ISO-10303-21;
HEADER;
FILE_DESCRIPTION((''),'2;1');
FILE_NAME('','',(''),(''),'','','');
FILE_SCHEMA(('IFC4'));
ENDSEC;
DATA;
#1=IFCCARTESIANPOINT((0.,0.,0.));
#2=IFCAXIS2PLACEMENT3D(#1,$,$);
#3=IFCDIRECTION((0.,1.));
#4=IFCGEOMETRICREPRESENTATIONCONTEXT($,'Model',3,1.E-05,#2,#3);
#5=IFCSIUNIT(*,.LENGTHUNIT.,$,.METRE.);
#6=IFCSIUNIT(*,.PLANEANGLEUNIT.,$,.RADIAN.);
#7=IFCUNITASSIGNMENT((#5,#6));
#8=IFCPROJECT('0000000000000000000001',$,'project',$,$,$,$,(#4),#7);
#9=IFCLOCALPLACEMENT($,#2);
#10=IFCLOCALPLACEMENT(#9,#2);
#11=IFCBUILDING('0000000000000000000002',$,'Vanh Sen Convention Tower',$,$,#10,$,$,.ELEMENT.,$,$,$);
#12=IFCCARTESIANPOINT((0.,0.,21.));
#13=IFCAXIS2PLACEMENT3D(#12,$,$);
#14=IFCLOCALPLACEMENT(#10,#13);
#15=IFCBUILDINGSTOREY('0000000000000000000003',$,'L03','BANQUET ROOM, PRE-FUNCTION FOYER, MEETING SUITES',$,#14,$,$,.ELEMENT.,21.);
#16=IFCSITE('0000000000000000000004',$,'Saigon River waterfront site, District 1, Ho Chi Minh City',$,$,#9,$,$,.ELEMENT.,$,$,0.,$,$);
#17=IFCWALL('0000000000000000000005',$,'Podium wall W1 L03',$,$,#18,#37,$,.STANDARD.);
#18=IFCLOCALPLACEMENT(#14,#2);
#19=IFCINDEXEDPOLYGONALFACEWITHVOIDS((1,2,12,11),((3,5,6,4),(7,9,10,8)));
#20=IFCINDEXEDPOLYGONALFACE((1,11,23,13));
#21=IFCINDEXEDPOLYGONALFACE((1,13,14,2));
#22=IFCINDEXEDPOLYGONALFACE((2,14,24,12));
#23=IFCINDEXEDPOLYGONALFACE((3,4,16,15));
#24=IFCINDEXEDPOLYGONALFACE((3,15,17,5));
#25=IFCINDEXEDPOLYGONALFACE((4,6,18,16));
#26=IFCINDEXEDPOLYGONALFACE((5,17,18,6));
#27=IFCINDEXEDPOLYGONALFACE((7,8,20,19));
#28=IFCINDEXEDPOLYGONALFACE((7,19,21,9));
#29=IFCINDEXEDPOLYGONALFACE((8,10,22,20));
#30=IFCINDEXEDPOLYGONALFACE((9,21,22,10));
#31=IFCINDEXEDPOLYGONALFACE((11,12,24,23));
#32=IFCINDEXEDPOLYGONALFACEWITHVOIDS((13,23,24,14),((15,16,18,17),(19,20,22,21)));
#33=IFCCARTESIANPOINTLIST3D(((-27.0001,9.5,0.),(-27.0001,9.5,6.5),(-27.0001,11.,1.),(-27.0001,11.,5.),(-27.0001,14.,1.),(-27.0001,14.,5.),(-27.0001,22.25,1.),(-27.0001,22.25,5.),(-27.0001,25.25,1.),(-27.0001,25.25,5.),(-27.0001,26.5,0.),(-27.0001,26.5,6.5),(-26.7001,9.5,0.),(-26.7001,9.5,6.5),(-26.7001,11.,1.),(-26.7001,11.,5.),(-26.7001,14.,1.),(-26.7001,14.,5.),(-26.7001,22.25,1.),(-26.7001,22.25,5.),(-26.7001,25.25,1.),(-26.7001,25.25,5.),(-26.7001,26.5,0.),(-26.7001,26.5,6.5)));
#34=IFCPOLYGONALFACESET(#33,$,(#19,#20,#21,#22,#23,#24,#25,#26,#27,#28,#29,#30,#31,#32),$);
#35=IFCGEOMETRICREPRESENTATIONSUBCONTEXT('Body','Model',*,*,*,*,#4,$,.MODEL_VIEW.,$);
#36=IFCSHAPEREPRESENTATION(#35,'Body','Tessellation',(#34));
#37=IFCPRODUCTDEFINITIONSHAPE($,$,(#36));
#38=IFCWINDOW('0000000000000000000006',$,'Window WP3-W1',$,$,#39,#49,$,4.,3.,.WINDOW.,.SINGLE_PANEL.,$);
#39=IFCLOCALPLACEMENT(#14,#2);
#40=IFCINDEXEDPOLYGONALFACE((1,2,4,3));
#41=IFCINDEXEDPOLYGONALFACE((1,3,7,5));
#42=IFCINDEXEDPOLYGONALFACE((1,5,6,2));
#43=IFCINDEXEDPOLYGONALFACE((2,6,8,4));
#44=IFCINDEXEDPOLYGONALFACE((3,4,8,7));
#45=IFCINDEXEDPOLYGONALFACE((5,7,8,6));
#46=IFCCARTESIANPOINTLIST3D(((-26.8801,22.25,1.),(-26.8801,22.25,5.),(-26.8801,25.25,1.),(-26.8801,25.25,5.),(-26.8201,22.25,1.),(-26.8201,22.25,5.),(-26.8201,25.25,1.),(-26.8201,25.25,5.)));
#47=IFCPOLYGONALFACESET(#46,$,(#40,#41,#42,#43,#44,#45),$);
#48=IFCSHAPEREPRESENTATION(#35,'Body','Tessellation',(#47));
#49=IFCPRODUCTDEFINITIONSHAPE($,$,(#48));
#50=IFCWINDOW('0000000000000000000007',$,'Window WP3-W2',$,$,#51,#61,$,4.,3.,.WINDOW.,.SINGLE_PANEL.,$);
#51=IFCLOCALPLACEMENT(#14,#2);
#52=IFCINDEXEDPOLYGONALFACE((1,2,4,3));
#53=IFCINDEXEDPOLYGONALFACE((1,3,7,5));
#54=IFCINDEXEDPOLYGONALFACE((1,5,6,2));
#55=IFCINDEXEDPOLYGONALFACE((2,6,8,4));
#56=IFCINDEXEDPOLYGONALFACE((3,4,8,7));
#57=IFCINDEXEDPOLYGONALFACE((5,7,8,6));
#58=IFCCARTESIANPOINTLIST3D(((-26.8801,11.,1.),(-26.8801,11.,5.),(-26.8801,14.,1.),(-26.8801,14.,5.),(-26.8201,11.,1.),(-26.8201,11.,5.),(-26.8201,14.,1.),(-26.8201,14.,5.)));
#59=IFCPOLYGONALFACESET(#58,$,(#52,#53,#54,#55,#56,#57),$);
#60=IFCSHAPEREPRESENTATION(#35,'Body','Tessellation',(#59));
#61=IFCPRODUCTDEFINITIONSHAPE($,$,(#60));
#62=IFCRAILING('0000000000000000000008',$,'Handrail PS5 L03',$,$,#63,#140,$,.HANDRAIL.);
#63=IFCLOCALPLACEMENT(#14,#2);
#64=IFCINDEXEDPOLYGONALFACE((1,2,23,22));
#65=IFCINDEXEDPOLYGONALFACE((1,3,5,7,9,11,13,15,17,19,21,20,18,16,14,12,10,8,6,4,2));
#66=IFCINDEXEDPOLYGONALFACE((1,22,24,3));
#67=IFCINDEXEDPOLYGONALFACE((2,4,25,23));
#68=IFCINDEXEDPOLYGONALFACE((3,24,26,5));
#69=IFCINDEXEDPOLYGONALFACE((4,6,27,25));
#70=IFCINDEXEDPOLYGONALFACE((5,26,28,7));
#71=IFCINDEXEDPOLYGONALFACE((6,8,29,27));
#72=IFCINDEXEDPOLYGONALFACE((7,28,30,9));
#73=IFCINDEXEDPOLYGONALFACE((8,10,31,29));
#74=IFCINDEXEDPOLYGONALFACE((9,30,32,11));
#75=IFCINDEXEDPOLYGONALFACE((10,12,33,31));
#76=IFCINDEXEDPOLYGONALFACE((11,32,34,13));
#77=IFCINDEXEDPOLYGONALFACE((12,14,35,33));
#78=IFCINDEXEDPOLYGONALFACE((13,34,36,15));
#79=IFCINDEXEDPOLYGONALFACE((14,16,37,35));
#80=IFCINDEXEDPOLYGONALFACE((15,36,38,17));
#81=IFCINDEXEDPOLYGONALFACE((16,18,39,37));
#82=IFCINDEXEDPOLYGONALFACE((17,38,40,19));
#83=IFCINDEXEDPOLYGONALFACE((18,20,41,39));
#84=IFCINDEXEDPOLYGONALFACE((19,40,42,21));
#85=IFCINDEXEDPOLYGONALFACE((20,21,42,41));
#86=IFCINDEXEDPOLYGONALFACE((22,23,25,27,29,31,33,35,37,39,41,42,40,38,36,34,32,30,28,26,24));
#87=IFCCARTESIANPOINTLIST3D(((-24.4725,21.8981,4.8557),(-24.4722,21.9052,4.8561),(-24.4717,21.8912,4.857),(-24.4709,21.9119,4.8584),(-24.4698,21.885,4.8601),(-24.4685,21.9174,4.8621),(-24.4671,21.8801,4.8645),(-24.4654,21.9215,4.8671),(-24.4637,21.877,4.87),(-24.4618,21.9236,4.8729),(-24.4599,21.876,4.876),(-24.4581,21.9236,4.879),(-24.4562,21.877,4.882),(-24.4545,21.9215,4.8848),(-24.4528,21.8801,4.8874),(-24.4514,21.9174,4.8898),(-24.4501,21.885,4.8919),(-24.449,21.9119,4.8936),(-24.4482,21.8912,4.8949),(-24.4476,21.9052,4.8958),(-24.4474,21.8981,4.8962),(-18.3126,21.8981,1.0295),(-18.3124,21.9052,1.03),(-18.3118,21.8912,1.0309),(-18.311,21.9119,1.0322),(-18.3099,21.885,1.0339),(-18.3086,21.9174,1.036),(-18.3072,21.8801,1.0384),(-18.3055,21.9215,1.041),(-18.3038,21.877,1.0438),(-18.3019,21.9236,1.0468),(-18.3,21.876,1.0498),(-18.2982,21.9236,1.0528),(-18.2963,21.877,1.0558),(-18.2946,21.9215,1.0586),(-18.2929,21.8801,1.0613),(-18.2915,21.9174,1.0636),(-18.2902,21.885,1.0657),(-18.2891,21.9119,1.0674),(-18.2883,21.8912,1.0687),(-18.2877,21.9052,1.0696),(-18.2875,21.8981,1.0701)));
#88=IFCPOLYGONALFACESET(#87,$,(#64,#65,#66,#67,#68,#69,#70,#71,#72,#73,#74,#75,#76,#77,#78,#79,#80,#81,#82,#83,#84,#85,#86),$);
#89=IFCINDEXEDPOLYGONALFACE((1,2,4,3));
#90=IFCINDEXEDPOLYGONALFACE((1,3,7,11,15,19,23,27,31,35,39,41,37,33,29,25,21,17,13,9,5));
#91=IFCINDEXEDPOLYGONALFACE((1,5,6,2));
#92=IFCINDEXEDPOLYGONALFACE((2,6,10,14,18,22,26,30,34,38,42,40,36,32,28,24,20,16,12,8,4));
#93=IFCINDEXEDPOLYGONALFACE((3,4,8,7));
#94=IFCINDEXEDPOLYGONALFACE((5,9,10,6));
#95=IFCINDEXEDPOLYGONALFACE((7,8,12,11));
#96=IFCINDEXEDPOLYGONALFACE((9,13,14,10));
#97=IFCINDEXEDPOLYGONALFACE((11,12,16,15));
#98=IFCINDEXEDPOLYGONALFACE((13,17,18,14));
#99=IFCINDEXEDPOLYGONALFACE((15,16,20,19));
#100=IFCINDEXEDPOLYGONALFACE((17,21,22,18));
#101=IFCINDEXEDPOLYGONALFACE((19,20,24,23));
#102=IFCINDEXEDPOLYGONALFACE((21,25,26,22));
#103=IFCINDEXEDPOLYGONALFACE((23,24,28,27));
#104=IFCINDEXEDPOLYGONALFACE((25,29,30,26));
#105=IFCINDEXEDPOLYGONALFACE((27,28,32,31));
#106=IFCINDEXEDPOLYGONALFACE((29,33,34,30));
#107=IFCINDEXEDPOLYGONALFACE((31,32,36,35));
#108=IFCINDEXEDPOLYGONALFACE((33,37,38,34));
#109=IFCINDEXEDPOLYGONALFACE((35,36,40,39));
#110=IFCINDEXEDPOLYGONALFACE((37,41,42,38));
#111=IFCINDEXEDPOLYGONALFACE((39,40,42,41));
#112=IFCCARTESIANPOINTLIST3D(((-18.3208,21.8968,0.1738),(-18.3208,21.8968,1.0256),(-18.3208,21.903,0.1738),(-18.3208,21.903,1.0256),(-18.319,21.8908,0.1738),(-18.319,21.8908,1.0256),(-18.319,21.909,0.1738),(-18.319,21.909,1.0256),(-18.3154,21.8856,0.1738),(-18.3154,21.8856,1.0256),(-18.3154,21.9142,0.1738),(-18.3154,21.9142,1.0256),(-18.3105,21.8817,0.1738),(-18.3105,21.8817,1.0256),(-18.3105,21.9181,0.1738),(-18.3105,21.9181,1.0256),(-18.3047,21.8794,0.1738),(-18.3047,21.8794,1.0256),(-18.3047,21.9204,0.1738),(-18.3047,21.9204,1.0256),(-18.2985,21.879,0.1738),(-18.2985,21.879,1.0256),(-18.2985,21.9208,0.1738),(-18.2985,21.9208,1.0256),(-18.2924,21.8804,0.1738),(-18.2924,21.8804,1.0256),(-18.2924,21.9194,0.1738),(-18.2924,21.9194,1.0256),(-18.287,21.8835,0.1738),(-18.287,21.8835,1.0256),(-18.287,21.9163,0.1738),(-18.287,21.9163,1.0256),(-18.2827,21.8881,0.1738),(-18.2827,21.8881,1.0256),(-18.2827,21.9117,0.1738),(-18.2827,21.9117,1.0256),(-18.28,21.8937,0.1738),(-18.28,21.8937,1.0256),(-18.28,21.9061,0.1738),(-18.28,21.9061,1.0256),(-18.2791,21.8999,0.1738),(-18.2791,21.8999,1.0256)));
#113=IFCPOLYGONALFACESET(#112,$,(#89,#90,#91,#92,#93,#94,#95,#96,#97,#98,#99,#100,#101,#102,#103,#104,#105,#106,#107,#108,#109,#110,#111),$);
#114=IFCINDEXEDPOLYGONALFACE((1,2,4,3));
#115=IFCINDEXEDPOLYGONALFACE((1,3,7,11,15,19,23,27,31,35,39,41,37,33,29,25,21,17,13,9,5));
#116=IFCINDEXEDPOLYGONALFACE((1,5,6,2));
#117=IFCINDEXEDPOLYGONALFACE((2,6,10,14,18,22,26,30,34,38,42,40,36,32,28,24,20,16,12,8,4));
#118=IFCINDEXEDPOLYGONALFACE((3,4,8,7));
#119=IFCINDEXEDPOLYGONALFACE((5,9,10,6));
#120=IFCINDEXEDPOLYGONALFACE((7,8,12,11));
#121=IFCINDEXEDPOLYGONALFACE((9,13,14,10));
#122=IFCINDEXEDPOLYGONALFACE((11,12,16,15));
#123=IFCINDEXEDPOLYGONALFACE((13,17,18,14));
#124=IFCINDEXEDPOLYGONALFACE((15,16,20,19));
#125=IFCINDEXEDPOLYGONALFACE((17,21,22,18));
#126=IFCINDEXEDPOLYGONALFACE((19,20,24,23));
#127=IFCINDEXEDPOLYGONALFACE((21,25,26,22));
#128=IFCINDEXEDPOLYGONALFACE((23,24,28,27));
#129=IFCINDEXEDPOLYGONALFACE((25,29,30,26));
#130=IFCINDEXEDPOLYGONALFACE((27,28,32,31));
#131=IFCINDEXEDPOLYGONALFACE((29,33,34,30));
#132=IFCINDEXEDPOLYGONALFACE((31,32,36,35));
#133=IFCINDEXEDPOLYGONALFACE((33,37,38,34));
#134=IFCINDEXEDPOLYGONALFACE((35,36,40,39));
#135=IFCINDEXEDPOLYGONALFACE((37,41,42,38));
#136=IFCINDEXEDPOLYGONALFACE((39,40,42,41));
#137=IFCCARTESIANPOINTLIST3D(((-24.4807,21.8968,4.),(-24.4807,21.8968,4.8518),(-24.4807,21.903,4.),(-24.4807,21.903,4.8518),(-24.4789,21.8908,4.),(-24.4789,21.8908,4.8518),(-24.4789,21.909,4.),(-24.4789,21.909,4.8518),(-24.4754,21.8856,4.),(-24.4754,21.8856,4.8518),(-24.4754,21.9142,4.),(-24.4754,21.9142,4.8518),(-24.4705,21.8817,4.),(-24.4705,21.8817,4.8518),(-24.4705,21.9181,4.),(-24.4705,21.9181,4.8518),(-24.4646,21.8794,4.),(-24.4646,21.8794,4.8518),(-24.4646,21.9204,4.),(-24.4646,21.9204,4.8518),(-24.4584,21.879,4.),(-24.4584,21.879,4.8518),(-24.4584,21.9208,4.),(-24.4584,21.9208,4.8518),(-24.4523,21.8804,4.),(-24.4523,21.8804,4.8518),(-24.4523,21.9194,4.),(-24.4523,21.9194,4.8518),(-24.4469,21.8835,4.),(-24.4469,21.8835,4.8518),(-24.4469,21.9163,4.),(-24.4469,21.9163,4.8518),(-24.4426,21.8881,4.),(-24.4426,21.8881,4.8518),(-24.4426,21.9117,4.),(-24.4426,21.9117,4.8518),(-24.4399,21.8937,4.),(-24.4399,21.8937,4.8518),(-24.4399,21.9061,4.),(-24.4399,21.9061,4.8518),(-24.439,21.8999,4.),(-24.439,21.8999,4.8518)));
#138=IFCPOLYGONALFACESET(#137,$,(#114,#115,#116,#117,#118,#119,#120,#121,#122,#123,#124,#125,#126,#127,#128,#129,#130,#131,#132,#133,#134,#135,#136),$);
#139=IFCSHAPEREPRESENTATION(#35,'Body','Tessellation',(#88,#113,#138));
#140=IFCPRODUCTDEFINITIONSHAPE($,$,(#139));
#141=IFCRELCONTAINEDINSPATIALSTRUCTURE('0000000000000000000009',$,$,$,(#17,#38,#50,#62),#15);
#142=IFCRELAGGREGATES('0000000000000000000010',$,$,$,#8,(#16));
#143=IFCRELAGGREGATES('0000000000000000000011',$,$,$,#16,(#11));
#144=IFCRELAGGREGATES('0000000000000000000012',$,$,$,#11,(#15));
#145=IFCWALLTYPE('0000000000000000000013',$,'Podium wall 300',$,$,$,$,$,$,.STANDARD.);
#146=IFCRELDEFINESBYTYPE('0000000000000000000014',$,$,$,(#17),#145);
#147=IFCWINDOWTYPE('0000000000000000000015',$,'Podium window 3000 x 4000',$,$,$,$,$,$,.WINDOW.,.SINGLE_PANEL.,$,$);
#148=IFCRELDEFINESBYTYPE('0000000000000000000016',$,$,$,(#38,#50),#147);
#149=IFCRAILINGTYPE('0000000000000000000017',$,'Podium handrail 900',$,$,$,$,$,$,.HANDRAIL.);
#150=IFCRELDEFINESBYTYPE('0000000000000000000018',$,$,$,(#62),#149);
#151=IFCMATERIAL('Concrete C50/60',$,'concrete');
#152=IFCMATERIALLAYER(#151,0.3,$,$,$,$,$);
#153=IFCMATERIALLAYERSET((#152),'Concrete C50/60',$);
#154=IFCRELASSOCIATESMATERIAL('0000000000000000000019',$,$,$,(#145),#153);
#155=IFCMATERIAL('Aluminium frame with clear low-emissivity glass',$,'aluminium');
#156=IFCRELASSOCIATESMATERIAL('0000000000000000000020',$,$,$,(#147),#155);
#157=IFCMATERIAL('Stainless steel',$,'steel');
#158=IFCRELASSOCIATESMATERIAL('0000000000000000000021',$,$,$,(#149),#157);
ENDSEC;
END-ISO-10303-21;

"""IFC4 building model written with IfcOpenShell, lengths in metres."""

from ifc_helpers import new_model, si_unit, direction, frame, frame_2d, origin, origin_2d, place, context, subcontext, project, spatial, rectangle, circle, extrude, material, layer, layer_set, type_object, element, fill, save


model = new_model("IFC4")

# Units and contexts
model_context = context("Model", 3, precision=1e-05, world=origin(), true_north=direction((0.0, 1.0)))
body_context = subcontext(model_context, "Body", "Model", "MODEL_VIEW")
ifc_project = project(units=[si_unit("LENGTHUNIT", "METRE"), si_unit("PLANEANGLEUNIT", "RADIAN")], contexts=[model_context])

# Site, building, storey
site_placement = place(None, origin())
site = spatial("IfcSite", under=ifc_project, at=site_placement, Name="Saigon River waterfront site, District 1, Ho Chi Minh City", CompositionType="ELEMENT", RefElevation=0.0)
building_placement = place(site_placement, origin())
building = spatial("IfcBuilding", under=site, at=building_placement, Name="Vanh Sen Convention Tower", CompositionType="ELEMENT")
storey_placement = place(building_placement, frame((0.0, 0.0, 21.0)))
storey = spatial("IfcBuildingStorey", under=building, at=storey_placement, Name="L03", Description="BANQUET ROOM, PRE-FUNCTION FOYER, MEETING SUITES", CompositionType="ELEMENT", Elevation=21.0)

# Wall, openings, windows
ifc_material_1 = material(Name="Concrete C50/60", Category="concrete")
ifc_layer_1 = layer(ifc_material_1, 0.3)
ifc_layer_set_1 = layer_set([ifc_layer_1], Name="Concrete C50/60")
wall_type_1 = type_object("IfcWallType", Name="Podium wall 300", PredefinedType="STANDARD", material=ifc_layer_set_1)
wall_1_placement = place(storey_placement, frame((-26.8501, 26.5, 0.0), z_axis=(0.0, 0.0, 1.0), x_axis=(0.0, -1.0, 0.0)))
wall_1 = element("IfcWall", 1, at=wall_1_placement, inside=storey, type_object=wall_type_1, Name="Podium wall W1 L03", PredefinedType="STANDARD", context=body_context, shape_type="SweptSolid", body=[
    extrude(rectangle(XDim=17.0, YDim=0.3, at=frame_2d((8.5, 0.0))), origin(), (0.0, 0.0, 1.0), 6.5),
])
opening_1_placement = place(wall_1_placement, frame((1.25, 0.0, 1.0)))
opening_1 = element("IfcOpeningElement", 2, at=opening_1_placement, cuts=wall_1, PredefinedType="OPENING", context=body_context, shape_type="SweptSolid", body=[
    extrude(rectangle(XDim=3.0, YDim=4.0, at=frame_2d((1.5, 2.0))), frame((0.0, 0.1599, 0.0), z_axis=(0.0, -1.0, 0.0), x_axis=(1.0, 0.0, 0.0)), (0.0, 0.0, 1.0), 0.3201),
])
opening_2_placement = place(wall_1_placement, frame((12.5, 0.0, 1.0)))
opening_2 = element("IfcOpeningElement", 3, at=opening_2_placement, cuts=wall_1, PredefinedType="OPENING", context=body_context, shape_type="SweptSolid", body=[
    extrude(rectangle(XDim=3.0, YDim=4.0, at=frame_2d((1.5, 2.0))), frame((0.0, 0.1599, 0.0), z_axis=(0.0, -1.0, 0.0), x_axis=(1.0, 0.0, 0.0)), (0.0, 0.0, 1.0), 0.3201),
])
ifc_material_2 = material(Name="Aluminium frame with clear low-emissivity glass", Category="aluminium")
window_type = type_object("IfcWindowType", Name="Podium window 3000 x 4000", PartitioningType="SINGLE_PANEL", PredefinedType="WINDOW", material=ifc_material_2)
window_1_placement = place(opening_1_placement, origin())
window_1 = element("IfcWindow", 4, at=window_1_placement, inside=storey, type_object=window_type, Name="Window WP3-W1", OverallHeight=4.0, OverallWidth=3.0, PartitioningType="SINGLE_PANEL", PredefinedType="WINDOW", context=body_context, shape_type="SweptSolid", body=[
    extrude(rectangle(XDim=3.0, YDim=4.0, at=frame_2d((1.5, 2.0))), frame((0.0, 0.03, 0.0), z_axis=(0.0, -1.0, 0.0), x_axis=(1.0, 0.0, 0.0)), (0.0, 0.0, 1.0), 0.0601),
])
fill(opening_1, window_1)
window_2_placement = place(opening_2_placement, origin())
window_2 = element("IfcWindow", 5, at=window_2_placement, inside=storey, type_object=window_type, Name="Window WP3-W2", OverallHeight=4.0, OverallWidth=3.0, PartitioningType="SINGLE_PANEL", PredefinedType="WINDOW", context=body_context, shape_type="SweptSolid", body=[
    extrude(rectangle(XDim=3.0, YDim=4.0, at=frame_2d((1.5, 2.0))), frame((0.0, 0.03, 0.0), z_axis=(0.0, -1.0, 0.0), x_axis=(1.0, 0.0, 0.0)), (0.0, 0.0, 1.0), 0.0601),
])
fill(opening_2, window_2)

# Railing
ifc_material_3 = material(Name="Stainless steel", Category="steel")
railing_type = type_object("IfcRailingType", Name="Podium handrail 900", PredefinedType="HANDRAIL", material=ifc_material_3)
for number, where, name in (
    (6, (-18.3, 21.8999, 0.1738), "Handrail PS5 L03"),
):
    element("IfcRailing", number, at=place(storey_placement, frame(where)), inside=storey, type_object=railing_type, Name=name, PredefinedType="HANDRAIL", context=body_context, shape_type="SweptSolid", body=[
        extrude(circle(Radius=0.0239, at=origin_2d()), frame((0.0, 0.0, 0.876), z_axis=(-0.849468, 0.0, 0.527639), x_axis=(0.0, -1.0, 0.0)), (0.0, 0.0, 1.0), 7.2515),
        extrude(circle(Radius=0.021, at=origin_2d()), origin(), (0.0, 0.0, 1.0), 0.8518),
        extrude(circle(Radius=0.021, at=origin_2d()), frame((-6.1599, 0.0, 3.8262)), (0.0, 0.0, 1.0), 0.8518),
    ])

save(model, "model.ifc")
